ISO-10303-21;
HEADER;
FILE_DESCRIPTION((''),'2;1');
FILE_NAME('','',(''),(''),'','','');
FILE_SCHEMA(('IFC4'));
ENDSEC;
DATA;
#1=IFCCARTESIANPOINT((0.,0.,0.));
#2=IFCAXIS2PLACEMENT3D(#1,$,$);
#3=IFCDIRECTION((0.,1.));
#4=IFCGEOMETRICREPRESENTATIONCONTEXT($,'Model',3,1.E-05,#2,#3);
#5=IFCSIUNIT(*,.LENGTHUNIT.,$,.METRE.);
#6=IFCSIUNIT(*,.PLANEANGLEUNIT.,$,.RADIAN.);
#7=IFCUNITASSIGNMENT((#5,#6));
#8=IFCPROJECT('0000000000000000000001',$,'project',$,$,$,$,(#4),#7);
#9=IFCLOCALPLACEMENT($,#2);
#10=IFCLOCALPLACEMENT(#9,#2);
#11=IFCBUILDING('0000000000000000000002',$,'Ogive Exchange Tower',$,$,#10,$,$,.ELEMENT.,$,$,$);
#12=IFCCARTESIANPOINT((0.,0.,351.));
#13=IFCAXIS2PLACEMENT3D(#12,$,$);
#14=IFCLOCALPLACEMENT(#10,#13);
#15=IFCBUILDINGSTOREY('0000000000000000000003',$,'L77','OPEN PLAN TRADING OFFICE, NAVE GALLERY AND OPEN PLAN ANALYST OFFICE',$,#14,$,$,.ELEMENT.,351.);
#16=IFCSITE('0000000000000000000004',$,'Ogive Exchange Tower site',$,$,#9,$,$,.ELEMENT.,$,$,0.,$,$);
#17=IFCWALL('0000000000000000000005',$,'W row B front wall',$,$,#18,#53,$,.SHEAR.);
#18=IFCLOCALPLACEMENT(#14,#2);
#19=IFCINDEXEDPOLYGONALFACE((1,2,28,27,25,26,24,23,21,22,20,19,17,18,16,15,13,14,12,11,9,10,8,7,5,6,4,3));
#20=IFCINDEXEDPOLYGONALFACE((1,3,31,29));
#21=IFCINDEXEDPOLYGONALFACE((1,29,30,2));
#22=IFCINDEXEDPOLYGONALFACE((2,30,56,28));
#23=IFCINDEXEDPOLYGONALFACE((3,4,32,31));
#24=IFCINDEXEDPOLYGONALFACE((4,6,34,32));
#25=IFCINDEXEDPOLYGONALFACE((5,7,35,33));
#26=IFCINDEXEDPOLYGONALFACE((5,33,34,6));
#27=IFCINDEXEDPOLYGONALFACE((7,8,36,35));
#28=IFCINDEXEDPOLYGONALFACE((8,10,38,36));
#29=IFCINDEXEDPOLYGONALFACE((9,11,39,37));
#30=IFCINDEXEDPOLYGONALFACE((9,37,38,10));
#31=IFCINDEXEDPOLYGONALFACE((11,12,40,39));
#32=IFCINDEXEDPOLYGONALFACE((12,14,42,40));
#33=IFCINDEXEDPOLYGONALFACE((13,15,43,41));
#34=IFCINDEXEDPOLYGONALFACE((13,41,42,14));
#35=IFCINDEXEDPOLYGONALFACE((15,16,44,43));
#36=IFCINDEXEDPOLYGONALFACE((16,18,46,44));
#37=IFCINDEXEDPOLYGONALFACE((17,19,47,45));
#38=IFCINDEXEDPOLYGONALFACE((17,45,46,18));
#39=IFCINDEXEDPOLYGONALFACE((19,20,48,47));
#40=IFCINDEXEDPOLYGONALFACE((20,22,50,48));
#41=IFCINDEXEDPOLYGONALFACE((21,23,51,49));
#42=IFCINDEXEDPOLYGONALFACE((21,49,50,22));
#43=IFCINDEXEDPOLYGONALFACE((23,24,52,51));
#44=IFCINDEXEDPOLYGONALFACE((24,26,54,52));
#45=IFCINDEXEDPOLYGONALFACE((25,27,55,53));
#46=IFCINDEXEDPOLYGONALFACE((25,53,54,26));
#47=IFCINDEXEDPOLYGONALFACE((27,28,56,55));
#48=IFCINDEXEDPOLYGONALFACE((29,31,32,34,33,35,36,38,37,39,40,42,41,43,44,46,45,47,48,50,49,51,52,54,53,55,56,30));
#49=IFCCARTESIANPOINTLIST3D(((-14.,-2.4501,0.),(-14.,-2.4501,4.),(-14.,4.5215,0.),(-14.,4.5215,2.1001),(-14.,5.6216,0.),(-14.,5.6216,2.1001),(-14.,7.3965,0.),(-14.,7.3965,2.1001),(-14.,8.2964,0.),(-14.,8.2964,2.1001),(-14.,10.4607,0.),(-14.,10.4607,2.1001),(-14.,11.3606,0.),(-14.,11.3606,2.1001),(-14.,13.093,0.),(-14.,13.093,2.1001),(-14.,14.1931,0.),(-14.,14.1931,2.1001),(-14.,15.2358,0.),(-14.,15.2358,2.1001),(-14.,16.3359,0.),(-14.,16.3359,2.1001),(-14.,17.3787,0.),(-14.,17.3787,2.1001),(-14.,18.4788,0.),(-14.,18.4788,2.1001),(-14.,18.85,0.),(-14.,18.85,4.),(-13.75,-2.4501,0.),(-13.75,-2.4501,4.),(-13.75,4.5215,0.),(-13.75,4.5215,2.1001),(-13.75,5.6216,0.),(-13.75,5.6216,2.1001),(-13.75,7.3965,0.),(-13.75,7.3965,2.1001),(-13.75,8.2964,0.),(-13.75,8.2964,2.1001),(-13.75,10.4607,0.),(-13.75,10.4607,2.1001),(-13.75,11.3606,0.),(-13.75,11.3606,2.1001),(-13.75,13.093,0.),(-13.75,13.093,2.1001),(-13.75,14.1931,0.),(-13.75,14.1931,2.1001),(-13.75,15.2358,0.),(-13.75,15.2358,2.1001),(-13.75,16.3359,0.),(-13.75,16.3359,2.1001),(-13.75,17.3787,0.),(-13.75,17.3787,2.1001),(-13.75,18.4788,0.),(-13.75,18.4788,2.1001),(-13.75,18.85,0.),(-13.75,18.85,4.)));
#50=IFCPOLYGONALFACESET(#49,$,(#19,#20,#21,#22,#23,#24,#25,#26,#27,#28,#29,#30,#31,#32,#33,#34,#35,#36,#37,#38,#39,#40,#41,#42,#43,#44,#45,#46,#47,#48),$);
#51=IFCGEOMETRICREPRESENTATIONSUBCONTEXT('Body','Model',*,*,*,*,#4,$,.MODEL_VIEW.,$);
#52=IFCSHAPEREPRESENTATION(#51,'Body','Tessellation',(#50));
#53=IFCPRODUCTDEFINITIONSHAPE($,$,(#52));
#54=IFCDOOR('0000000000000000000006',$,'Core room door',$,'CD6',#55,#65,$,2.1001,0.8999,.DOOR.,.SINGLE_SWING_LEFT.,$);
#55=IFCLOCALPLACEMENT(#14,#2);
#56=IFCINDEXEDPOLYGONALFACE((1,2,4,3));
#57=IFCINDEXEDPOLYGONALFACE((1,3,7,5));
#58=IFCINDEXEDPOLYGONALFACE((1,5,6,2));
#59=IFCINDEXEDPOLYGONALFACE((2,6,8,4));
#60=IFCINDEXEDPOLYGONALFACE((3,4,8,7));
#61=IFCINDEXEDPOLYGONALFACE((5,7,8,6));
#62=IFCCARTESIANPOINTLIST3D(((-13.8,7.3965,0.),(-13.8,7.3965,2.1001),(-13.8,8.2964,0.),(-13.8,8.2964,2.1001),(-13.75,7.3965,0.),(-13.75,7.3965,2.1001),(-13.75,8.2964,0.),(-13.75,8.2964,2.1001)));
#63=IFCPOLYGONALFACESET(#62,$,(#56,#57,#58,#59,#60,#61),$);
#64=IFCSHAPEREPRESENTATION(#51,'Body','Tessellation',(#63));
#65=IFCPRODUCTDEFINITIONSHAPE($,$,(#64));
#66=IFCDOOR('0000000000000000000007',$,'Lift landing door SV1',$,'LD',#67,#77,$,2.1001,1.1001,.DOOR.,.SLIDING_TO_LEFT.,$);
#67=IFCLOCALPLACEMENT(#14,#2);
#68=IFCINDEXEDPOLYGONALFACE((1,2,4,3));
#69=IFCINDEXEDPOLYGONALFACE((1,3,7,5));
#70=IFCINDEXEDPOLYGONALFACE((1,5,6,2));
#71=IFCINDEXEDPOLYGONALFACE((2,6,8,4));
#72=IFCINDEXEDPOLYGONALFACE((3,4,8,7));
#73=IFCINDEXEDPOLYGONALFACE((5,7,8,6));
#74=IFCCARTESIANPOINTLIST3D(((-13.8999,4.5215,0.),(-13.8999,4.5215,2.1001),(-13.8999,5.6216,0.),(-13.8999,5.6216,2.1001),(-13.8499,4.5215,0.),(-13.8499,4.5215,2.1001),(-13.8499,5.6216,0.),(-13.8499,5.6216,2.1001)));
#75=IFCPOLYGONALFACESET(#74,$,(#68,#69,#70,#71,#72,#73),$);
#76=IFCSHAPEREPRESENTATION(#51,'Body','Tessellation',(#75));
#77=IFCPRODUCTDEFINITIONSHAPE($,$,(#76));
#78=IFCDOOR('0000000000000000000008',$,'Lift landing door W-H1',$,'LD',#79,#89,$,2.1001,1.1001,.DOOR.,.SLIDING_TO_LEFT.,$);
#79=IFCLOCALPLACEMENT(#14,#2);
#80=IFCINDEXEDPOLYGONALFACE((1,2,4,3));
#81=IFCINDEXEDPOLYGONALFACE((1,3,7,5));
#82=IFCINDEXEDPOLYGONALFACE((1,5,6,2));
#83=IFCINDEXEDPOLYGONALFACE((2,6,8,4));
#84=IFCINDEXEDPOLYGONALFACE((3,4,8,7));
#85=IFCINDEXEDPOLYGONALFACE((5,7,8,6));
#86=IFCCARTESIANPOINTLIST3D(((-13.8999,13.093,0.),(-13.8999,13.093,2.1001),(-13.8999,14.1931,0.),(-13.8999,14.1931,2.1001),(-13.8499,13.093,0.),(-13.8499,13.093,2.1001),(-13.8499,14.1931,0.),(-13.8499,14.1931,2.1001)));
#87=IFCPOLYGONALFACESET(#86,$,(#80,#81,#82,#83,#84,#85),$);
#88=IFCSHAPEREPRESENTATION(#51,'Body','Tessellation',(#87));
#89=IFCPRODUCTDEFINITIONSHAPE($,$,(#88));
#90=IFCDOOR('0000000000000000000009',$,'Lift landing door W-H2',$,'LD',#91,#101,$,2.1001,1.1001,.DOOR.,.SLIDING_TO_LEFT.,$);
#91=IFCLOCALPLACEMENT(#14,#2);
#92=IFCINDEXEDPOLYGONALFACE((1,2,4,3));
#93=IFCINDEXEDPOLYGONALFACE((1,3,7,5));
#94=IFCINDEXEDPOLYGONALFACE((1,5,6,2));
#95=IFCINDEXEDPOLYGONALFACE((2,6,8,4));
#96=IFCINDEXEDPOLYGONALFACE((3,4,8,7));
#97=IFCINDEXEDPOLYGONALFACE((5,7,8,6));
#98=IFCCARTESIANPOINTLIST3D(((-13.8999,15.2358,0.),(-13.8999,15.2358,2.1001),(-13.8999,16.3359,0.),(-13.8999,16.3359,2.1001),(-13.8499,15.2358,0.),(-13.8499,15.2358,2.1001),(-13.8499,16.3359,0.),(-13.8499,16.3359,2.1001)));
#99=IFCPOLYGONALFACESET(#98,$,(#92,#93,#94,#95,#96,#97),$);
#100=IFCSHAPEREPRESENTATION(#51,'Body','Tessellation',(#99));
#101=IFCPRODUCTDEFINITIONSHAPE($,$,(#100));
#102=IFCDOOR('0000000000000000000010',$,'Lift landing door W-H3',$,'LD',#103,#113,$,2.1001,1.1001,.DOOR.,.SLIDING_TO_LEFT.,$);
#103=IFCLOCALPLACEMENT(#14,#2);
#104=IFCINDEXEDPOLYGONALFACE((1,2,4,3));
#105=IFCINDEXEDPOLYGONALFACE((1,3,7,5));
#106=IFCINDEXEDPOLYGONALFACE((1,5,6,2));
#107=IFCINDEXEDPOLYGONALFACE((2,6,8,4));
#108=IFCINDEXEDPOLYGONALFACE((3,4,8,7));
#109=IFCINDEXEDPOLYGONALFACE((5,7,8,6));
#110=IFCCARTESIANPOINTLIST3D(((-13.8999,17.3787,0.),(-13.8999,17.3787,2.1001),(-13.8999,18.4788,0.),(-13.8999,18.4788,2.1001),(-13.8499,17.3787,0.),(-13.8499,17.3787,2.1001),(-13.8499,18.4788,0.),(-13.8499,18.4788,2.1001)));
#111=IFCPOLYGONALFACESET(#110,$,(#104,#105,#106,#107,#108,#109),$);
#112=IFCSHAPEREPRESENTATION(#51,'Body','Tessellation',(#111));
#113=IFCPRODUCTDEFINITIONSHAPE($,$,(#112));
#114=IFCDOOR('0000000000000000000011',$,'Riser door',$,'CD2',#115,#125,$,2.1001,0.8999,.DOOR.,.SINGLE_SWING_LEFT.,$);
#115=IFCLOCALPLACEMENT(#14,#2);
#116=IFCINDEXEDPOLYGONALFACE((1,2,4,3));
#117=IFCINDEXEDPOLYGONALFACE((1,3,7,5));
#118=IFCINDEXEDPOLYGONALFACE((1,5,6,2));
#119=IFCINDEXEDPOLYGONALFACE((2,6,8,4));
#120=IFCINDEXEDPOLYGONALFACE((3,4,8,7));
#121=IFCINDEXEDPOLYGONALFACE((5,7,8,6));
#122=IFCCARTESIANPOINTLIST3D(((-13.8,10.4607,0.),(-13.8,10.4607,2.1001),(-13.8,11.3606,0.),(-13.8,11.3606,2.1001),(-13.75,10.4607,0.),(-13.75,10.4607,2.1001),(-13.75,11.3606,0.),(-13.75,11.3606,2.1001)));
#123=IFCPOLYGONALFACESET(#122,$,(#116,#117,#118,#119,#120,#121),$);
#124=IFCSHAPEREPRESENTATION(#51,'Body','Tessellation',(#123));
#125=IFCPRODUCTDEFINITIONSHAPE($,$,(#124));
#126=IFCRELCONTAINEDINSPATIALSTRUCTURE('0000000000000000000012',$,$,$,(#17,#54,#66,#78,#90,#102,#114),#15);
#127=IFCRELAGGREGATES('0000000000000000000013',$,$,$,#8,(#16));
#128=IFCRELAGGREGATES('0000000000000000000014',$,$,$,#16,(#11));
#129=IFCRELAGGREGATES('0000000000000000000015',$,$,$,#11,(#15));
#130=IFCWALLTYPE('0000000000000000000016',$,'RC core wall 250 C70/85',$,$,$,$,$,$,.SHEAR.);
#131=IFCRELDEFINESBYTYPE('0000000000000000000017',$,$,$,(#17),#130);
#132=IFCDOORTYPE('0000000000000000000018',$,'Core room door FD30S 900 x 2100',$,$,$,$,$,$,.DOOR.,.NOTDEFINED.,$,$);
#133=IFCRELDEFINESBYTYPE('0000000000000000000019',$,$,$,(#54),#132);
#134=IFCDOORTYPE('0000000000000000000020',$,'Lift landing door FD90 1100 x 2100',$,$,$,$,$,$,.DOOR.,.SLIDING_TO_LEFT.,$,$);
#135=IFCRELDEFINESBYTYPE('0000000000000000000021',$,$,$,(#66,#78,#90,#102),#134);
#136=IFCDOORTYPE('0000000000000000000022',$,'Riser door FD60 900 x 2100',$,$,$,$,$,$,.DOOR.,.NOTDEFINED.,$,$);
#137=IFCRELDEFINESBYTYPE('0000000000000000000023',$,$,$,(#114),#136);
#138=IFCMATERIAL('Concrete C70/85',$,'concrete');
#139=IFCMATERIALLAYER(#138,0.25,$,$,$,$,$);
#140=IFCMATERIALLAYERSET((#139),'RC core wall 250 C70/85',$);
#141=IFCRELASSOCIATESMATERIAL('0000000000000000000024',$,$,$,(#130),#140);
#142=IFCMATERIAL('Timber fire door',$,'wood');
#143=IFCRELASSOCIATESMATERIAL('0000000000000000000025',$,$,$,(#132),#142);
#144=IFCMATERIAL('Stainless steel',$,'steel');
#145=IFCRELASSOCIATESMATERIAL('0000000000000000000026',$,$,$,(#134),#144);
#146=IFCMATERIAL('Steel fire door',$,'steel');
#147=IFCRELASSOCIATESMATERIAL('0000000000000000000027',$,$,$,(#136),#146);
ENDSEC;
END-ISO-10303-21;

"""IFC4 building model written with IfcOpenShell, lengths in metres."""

from ifc_helpers import new_model, si_unit, direction, frame, frame_2d, origin, place, context, subcontext, project, spatial, rectangle, extrude, material, layer, layer_set, type_object, element, fill, save


model = new_model("IFC4")

# Units and contexts
model_context = context("Model", 3, precision=1e-05, world=origin(), true_north=direction((0.0, 1.0)))
body_context = subcontext(model_context, "Body", "Model", "MODEL_VIEW")
ifc_project = project(units=[si_unit("LENGTHUNIT", "METRE"), si_unit("PLANEANGLEUNIT", "RADIAN")], contexts=[model_context])

# Site, building, storey
site_placement = place(None, origin())
site = spatial("IfcSite", under=ifc_project, at=site_placement, Name="Ogive Exchange Tower site", CompositionType="ELEMENT", RefElevation=0.0)
building_placement = place(site_placement, origin())
building = spatial("IfcBuilding", under=site, at=building_placement, Name="Ogive Exchange Tower", CompositionType="ELEMENT")
storey_placement = place(building_placement, frame((0.0, 0.0, 351.0)))
storey = spatial("IfcBuildingStorey", under=building, at=storey_placement, Name="L77", Description="OPEN PLAN TRADING OFFICE, NAVE GALLERY AND OPEN PLAN ANALYST OFFICE", CompositionType="ELEMENT", Elevation=351.0)

# Shared definitions
ifc_material_1 = material(Name="Concrete C70/85", Category="concrete")
ifc_layer_1 = layer(ifc_material_1, 0.25)
ifc_layer_set_1 = layer_set([ifc_layer_1], Name="RC core wall 250 C70/85")
wall_type_1 = type_object("IfcWallType", Name="RC core wall 250 C70/85", PredefinedType="SHEAR", material=ifc_layer_set_1)
ifc_material_2 = material(Name="Steel fire door", Category="steel")

# Wall, openings, doors
wall_1_placement = place(storey_placement, frame((-13.875, -2.45, 0.0), z_axis=(0.0, 0.0, 1.0), x_axis=(0.0, 1.0, 0.0)))
wall_1 = element("IfcWall", 1, at=wall_1_placement, inside=storey, type_object=wall_type_1, Name="W row B front wall", PredefinedType="SHEAR", context=body_context, shape_type="SweptSolid", body=[
    extrude(rectangle(XDim=21.3, YDim=0.25, at=frame_2d((10.6499, 0.0))), origin(), (0.0, 0.0, 1.0), 4.0),
])
opening_1_placement = place(wall_1_placement, frame((9.8464, 0.0, 0.0)))
opening_1 = element("IfcOpeningElement", 2, at=opening_1_placement, cuts=wall_1, PredefinedType="OPENING", context=body_context, shape_type="SweptSolid", body=[
    extrude(rectangle(XDim=0.8999, YDim=2.1001, at=frame_2d((0.45, 1.05))), frame((0.0, 0.135, 0.0), z_axis=(0.0, -1.0, 0.0), x_axis=(1.0, 0.0, 0.0)), (0.0, 0.0, 1.0), 0.27),
])
opening_2_placement = place(wall_1_placement, frame((12.9106, 0.0, 0.0)))
opening_2 = element("IfcOpeningElement", 3, at=opening_2_placement, cuts=wall_1, PredefinedType="OPENING", context=body_context, shape_type="SweptSolid", body=[
    extrude(rectangle(XDim=0.8999, YDim=2.1001, at=frame_2d((0.45, 1.05))), frame((0.0, 0.135, 0.0), z_axis=(0.0, -1.0, 0.0), x_axis=(1.0, 0.0, 0.0)), (0.0, 0.0, 1.0), 0.27),
])
opening_3_placement = place(wall_1_placement, frame((6.9714, 0.0, 0.0)))
opening_3 = element("IfcOpeningElement", 4, at=opening_3_placement, cuts=wall_1, PredefinedType="OPENING", context=body_context, shape_type="SweptSolid", body=[
    extrude(rectangle(XDim=1.1001, YDim=2.1001, at=frame_2d((0.55, 1.05))), frame((0.0, 0.135, 0.0), z_axis=(0.0, -1.0, 0.0), x_axis=(1.0, 0.0, 0.0)), (0.0, 0.0, 1.0), 0.27),
])
opening_4_placement = place(wall_1_placement, frame((15.543, 0.0, 0.0)))
opening_4 = element("IfcOpeningElement", 5, at=opening_4_placement, cuts=wall_1, PredefinedType="OPENING", context=body_context, shape_type="SweptSolid", body=[
    extrude(rectangle(XDim=1.1001, YDim=2.1001, at=frame_2d((0.55, 1.05))), frame((0.0, 0.135, 0.0), z_axis=(0.0, -1.0, 0.0), x_axis=(1.0, 0.0, 0.0)), (0.0, 0.0, 1.0), 0.27),
])
opening_5_placement = place(wall_1_placement, frame((17.6858, 0.0, 0.0)))
opening_5 = element("IfcOpeningElement", 6, at=opening_5_placement, cuts=wall_1, PredefinedType="OPENING", context=body_context, shape_type="SweptSolid", body=[
    extrude(rectangle(XDim=1.1001, YDim=2.1001, at=frame_2d((0.55, 1.05))), frame((0.0, 0.135, 0.0), z_axis=(0.0, -1.0, 0.0), x_axis=(1.0, 0.0, 0.0)), (0.0, 0.0, 1.0), 0.27),
])
opening_6_placement = place(wall_1_placement, frame((19.8286, 0.0, 0.0)))
opening_6 = element("IfcOpeningElement", 7, at=opening_6_placement, cuts=wall_1, PredefinedType="OPENING", context=body_context, shape_type="SweptSolid", body=[
    extrude(rectangle(XDim=1.1001, YDim=2.1001, at=frame_2d((0.55, 1.05))), frame((0.0, 0.135, 0.0), z_axis=(0.0, -1.0, 0.0), x_axis=(1.0, 0.0, 0.0)), (0.0, 0.0, 1.0), 0.27),
])
ifc_material_3 = material(Name="Timber fire door", Category="wood")
door_type_1 = type_object("IfcDoorType", Name="Core room door FD30S 900 x 2100", OperationType="NOTDEFINED", PredefinedType="DOOR", material=ifc_material_3)
door_1_placement = place(opening_1_placement, frame((0.8999, -0.2002, 0.0), z_axis=(0.0, 0.0, 1.0), x_axis=(-1.0, 0.0, 0.0)))
door_1 = element("IfcDoor", 8, at=door_1_placement, inside=storey, type_object=door_type_1, Name="Core room door", ObjectType="CD6", OperationType="SINGLE_SWING_LEFT", OverallHeight=2.1001, OverallWidth=0.8999, PredefinedType="DOOR", context=body_context, shape_type="SweptSolid", body=[
    extrude(rectangle(XDim=0.8999, YDim=2.1001, at=frame_2d((0.45, 1.05))), frame((0.0, -0.0752, 0.0), z_axis=(0.0, -1.0, 0.0), x_axis=(1.0, 0.0, 0.0)), (0.0, 0.0, 1.0), 0.05),
])
fill(opening_1, door_1)
ifc_material_4 = material(Name="Stainless steel", Category="steel")
door_type_2 = type_object("IfcDoorType", Name="Lift landing door FD90 1100 x 2100", OperationType="SLIDING_TO_LEFT", PredefinedType="DOOR", material=ifc_material_4)
door_2_placement = place(opening_3_placement, origin())
door_2 = element("IfcDoor", 9, at=door_2_placement, inside=storey, type_object=door_type_2, Name="Lift landing door SV1", ObjectType="LD", OperationType="SLIDING_TO_LEFT", OverallHeight=2.1001, OverallWidth=1.1001, PredefinedType="DOOR", context=body_context, shape_type="SweptSolid", body=[
    extrude(rectangle(XDim=1.1001, YDim=2.1001, at=frame_2d((0.55, 1.05))), frame((0.0, 0.0249, 0.0), z_axis=(0.0, -1.0, 0.0), x_axis=(1.0, 0.0, 0.0)), (0.0, 0.0, 1.0), 0.05),
])
fill(opening_3, door_2)
door_3_placement = place(opening_4_placement, origin())
door_3 = element("IfcDoor", 10, at=door_3_placement, inside=storey, type_object=door_type_2, Name="Lift landing door W-H1", ObjectType="LD", OperationType="SLIDING_TO_LEFT", OverallHeight=2.1001, OverallWidth=1.1001, PredefinedType="DOOR", context=body_context, shape_type="SweptSolid", body=[
    extrude(rectangle(XDim=1.1001, YDim=2.1001, at=frame_2d((0.55, 1.05))), frame((0.0, 0.0249, 0.0), z_axis=(0.0, -1.0, 0.0), x_axis=(1.0, 0.0, 0.0)), (0.0, 0.0, 1.0), 0.05),
])
fill(opening_4, door_3)
door_4_placement = place(opening_5_placement, origin())
door_4 = element("IfcDoor", 11, at=door_4_placement, inside=storey, type_object=door_type_2, Name="Lift landing door W-H2", ObjectType="LD", OperationType="SLIDING_TO_LEFT", OverallHeight=2.1001, OverallWidth=1.1001, PredefinedType="DOOR", context=body_context, shape_type="SweptSolid", body=[
    extrude(rectangle(XDim=1.1001, YDim=2.1001, at=frame_2d((0.55, 1.05))), frame((0.0, 0.0249, 0.0), z_axis=(0.0, -1.0, 0.0), x_axis=(1.0, 0.0, 0.0)), (0.0, 0.0, 1.0), 0.05),
])
fill(opening_5, door_4)
door_5_placement = place(opening_6_placement, origin())
door_5 = element("IfcDoor", 12, at=door_5_placement, inside=storey, type_object=door_type_2, Name="Lift landing door W-H3", ObjectType="LD", OperationType="SLIDING_TO_LEFT", OverallHeight=2.1001, OverallWidth=1.1001, PredefinedType="DOOR", context=body_context, shape_type="SweptSolid", body=[
    extrude(rectangle(XDim=1.1001, YDim=2.1001, at=frame_2d((0.55, 1.05))), frame((0.0, 0.0249, 0.0), z_axis=(0.0, -1.0, 0.0), x_axis=(1.0, 0.0, 0.0)), (0.0, 0.0, 1.0), 0.05),
])
fill(opening_6, door_5)
door_type_3 = type_object("IfcDoorType", Name="Riser door FD60 900 x 2100", OperationType="NOTDEFINED", PredefinedType="DOOR", material=ifc_material_2)
door_6_placement = place(opening_2_placement, frame((0.8999, -0.2002, 0.0), z_axis=(0.0, 0.0, 1.0), x_axis=(-1.0, 0.0, 0.0)))
door_6 = element("IfcDoor", 13, at=door_6_placement, inside=storey, type_object=door_type_3, Name="Riser door", ObjectType="CD2", OperationType="SINGLE_SWING_LEFT", OverallHeight=2.1001, OverallWidth=0.8999, PredefinedType="DOOR", context=body_context, shape_type="SweptSolid", body=[
    extrude(rectangle(XDim=0.8999, YDim=2.1001, at=frame_2d((0.45, 1.05))), frame((0.0, -0.0752, 0.0), z_axis=(0.0, -1.0, 0.0), x_axis=(1.0, 0.0, 0.0)), (0.0, 0.0, 1.0), 0.05),
])
fill(opening_2, door_6)

save(model, "model.ifc")
